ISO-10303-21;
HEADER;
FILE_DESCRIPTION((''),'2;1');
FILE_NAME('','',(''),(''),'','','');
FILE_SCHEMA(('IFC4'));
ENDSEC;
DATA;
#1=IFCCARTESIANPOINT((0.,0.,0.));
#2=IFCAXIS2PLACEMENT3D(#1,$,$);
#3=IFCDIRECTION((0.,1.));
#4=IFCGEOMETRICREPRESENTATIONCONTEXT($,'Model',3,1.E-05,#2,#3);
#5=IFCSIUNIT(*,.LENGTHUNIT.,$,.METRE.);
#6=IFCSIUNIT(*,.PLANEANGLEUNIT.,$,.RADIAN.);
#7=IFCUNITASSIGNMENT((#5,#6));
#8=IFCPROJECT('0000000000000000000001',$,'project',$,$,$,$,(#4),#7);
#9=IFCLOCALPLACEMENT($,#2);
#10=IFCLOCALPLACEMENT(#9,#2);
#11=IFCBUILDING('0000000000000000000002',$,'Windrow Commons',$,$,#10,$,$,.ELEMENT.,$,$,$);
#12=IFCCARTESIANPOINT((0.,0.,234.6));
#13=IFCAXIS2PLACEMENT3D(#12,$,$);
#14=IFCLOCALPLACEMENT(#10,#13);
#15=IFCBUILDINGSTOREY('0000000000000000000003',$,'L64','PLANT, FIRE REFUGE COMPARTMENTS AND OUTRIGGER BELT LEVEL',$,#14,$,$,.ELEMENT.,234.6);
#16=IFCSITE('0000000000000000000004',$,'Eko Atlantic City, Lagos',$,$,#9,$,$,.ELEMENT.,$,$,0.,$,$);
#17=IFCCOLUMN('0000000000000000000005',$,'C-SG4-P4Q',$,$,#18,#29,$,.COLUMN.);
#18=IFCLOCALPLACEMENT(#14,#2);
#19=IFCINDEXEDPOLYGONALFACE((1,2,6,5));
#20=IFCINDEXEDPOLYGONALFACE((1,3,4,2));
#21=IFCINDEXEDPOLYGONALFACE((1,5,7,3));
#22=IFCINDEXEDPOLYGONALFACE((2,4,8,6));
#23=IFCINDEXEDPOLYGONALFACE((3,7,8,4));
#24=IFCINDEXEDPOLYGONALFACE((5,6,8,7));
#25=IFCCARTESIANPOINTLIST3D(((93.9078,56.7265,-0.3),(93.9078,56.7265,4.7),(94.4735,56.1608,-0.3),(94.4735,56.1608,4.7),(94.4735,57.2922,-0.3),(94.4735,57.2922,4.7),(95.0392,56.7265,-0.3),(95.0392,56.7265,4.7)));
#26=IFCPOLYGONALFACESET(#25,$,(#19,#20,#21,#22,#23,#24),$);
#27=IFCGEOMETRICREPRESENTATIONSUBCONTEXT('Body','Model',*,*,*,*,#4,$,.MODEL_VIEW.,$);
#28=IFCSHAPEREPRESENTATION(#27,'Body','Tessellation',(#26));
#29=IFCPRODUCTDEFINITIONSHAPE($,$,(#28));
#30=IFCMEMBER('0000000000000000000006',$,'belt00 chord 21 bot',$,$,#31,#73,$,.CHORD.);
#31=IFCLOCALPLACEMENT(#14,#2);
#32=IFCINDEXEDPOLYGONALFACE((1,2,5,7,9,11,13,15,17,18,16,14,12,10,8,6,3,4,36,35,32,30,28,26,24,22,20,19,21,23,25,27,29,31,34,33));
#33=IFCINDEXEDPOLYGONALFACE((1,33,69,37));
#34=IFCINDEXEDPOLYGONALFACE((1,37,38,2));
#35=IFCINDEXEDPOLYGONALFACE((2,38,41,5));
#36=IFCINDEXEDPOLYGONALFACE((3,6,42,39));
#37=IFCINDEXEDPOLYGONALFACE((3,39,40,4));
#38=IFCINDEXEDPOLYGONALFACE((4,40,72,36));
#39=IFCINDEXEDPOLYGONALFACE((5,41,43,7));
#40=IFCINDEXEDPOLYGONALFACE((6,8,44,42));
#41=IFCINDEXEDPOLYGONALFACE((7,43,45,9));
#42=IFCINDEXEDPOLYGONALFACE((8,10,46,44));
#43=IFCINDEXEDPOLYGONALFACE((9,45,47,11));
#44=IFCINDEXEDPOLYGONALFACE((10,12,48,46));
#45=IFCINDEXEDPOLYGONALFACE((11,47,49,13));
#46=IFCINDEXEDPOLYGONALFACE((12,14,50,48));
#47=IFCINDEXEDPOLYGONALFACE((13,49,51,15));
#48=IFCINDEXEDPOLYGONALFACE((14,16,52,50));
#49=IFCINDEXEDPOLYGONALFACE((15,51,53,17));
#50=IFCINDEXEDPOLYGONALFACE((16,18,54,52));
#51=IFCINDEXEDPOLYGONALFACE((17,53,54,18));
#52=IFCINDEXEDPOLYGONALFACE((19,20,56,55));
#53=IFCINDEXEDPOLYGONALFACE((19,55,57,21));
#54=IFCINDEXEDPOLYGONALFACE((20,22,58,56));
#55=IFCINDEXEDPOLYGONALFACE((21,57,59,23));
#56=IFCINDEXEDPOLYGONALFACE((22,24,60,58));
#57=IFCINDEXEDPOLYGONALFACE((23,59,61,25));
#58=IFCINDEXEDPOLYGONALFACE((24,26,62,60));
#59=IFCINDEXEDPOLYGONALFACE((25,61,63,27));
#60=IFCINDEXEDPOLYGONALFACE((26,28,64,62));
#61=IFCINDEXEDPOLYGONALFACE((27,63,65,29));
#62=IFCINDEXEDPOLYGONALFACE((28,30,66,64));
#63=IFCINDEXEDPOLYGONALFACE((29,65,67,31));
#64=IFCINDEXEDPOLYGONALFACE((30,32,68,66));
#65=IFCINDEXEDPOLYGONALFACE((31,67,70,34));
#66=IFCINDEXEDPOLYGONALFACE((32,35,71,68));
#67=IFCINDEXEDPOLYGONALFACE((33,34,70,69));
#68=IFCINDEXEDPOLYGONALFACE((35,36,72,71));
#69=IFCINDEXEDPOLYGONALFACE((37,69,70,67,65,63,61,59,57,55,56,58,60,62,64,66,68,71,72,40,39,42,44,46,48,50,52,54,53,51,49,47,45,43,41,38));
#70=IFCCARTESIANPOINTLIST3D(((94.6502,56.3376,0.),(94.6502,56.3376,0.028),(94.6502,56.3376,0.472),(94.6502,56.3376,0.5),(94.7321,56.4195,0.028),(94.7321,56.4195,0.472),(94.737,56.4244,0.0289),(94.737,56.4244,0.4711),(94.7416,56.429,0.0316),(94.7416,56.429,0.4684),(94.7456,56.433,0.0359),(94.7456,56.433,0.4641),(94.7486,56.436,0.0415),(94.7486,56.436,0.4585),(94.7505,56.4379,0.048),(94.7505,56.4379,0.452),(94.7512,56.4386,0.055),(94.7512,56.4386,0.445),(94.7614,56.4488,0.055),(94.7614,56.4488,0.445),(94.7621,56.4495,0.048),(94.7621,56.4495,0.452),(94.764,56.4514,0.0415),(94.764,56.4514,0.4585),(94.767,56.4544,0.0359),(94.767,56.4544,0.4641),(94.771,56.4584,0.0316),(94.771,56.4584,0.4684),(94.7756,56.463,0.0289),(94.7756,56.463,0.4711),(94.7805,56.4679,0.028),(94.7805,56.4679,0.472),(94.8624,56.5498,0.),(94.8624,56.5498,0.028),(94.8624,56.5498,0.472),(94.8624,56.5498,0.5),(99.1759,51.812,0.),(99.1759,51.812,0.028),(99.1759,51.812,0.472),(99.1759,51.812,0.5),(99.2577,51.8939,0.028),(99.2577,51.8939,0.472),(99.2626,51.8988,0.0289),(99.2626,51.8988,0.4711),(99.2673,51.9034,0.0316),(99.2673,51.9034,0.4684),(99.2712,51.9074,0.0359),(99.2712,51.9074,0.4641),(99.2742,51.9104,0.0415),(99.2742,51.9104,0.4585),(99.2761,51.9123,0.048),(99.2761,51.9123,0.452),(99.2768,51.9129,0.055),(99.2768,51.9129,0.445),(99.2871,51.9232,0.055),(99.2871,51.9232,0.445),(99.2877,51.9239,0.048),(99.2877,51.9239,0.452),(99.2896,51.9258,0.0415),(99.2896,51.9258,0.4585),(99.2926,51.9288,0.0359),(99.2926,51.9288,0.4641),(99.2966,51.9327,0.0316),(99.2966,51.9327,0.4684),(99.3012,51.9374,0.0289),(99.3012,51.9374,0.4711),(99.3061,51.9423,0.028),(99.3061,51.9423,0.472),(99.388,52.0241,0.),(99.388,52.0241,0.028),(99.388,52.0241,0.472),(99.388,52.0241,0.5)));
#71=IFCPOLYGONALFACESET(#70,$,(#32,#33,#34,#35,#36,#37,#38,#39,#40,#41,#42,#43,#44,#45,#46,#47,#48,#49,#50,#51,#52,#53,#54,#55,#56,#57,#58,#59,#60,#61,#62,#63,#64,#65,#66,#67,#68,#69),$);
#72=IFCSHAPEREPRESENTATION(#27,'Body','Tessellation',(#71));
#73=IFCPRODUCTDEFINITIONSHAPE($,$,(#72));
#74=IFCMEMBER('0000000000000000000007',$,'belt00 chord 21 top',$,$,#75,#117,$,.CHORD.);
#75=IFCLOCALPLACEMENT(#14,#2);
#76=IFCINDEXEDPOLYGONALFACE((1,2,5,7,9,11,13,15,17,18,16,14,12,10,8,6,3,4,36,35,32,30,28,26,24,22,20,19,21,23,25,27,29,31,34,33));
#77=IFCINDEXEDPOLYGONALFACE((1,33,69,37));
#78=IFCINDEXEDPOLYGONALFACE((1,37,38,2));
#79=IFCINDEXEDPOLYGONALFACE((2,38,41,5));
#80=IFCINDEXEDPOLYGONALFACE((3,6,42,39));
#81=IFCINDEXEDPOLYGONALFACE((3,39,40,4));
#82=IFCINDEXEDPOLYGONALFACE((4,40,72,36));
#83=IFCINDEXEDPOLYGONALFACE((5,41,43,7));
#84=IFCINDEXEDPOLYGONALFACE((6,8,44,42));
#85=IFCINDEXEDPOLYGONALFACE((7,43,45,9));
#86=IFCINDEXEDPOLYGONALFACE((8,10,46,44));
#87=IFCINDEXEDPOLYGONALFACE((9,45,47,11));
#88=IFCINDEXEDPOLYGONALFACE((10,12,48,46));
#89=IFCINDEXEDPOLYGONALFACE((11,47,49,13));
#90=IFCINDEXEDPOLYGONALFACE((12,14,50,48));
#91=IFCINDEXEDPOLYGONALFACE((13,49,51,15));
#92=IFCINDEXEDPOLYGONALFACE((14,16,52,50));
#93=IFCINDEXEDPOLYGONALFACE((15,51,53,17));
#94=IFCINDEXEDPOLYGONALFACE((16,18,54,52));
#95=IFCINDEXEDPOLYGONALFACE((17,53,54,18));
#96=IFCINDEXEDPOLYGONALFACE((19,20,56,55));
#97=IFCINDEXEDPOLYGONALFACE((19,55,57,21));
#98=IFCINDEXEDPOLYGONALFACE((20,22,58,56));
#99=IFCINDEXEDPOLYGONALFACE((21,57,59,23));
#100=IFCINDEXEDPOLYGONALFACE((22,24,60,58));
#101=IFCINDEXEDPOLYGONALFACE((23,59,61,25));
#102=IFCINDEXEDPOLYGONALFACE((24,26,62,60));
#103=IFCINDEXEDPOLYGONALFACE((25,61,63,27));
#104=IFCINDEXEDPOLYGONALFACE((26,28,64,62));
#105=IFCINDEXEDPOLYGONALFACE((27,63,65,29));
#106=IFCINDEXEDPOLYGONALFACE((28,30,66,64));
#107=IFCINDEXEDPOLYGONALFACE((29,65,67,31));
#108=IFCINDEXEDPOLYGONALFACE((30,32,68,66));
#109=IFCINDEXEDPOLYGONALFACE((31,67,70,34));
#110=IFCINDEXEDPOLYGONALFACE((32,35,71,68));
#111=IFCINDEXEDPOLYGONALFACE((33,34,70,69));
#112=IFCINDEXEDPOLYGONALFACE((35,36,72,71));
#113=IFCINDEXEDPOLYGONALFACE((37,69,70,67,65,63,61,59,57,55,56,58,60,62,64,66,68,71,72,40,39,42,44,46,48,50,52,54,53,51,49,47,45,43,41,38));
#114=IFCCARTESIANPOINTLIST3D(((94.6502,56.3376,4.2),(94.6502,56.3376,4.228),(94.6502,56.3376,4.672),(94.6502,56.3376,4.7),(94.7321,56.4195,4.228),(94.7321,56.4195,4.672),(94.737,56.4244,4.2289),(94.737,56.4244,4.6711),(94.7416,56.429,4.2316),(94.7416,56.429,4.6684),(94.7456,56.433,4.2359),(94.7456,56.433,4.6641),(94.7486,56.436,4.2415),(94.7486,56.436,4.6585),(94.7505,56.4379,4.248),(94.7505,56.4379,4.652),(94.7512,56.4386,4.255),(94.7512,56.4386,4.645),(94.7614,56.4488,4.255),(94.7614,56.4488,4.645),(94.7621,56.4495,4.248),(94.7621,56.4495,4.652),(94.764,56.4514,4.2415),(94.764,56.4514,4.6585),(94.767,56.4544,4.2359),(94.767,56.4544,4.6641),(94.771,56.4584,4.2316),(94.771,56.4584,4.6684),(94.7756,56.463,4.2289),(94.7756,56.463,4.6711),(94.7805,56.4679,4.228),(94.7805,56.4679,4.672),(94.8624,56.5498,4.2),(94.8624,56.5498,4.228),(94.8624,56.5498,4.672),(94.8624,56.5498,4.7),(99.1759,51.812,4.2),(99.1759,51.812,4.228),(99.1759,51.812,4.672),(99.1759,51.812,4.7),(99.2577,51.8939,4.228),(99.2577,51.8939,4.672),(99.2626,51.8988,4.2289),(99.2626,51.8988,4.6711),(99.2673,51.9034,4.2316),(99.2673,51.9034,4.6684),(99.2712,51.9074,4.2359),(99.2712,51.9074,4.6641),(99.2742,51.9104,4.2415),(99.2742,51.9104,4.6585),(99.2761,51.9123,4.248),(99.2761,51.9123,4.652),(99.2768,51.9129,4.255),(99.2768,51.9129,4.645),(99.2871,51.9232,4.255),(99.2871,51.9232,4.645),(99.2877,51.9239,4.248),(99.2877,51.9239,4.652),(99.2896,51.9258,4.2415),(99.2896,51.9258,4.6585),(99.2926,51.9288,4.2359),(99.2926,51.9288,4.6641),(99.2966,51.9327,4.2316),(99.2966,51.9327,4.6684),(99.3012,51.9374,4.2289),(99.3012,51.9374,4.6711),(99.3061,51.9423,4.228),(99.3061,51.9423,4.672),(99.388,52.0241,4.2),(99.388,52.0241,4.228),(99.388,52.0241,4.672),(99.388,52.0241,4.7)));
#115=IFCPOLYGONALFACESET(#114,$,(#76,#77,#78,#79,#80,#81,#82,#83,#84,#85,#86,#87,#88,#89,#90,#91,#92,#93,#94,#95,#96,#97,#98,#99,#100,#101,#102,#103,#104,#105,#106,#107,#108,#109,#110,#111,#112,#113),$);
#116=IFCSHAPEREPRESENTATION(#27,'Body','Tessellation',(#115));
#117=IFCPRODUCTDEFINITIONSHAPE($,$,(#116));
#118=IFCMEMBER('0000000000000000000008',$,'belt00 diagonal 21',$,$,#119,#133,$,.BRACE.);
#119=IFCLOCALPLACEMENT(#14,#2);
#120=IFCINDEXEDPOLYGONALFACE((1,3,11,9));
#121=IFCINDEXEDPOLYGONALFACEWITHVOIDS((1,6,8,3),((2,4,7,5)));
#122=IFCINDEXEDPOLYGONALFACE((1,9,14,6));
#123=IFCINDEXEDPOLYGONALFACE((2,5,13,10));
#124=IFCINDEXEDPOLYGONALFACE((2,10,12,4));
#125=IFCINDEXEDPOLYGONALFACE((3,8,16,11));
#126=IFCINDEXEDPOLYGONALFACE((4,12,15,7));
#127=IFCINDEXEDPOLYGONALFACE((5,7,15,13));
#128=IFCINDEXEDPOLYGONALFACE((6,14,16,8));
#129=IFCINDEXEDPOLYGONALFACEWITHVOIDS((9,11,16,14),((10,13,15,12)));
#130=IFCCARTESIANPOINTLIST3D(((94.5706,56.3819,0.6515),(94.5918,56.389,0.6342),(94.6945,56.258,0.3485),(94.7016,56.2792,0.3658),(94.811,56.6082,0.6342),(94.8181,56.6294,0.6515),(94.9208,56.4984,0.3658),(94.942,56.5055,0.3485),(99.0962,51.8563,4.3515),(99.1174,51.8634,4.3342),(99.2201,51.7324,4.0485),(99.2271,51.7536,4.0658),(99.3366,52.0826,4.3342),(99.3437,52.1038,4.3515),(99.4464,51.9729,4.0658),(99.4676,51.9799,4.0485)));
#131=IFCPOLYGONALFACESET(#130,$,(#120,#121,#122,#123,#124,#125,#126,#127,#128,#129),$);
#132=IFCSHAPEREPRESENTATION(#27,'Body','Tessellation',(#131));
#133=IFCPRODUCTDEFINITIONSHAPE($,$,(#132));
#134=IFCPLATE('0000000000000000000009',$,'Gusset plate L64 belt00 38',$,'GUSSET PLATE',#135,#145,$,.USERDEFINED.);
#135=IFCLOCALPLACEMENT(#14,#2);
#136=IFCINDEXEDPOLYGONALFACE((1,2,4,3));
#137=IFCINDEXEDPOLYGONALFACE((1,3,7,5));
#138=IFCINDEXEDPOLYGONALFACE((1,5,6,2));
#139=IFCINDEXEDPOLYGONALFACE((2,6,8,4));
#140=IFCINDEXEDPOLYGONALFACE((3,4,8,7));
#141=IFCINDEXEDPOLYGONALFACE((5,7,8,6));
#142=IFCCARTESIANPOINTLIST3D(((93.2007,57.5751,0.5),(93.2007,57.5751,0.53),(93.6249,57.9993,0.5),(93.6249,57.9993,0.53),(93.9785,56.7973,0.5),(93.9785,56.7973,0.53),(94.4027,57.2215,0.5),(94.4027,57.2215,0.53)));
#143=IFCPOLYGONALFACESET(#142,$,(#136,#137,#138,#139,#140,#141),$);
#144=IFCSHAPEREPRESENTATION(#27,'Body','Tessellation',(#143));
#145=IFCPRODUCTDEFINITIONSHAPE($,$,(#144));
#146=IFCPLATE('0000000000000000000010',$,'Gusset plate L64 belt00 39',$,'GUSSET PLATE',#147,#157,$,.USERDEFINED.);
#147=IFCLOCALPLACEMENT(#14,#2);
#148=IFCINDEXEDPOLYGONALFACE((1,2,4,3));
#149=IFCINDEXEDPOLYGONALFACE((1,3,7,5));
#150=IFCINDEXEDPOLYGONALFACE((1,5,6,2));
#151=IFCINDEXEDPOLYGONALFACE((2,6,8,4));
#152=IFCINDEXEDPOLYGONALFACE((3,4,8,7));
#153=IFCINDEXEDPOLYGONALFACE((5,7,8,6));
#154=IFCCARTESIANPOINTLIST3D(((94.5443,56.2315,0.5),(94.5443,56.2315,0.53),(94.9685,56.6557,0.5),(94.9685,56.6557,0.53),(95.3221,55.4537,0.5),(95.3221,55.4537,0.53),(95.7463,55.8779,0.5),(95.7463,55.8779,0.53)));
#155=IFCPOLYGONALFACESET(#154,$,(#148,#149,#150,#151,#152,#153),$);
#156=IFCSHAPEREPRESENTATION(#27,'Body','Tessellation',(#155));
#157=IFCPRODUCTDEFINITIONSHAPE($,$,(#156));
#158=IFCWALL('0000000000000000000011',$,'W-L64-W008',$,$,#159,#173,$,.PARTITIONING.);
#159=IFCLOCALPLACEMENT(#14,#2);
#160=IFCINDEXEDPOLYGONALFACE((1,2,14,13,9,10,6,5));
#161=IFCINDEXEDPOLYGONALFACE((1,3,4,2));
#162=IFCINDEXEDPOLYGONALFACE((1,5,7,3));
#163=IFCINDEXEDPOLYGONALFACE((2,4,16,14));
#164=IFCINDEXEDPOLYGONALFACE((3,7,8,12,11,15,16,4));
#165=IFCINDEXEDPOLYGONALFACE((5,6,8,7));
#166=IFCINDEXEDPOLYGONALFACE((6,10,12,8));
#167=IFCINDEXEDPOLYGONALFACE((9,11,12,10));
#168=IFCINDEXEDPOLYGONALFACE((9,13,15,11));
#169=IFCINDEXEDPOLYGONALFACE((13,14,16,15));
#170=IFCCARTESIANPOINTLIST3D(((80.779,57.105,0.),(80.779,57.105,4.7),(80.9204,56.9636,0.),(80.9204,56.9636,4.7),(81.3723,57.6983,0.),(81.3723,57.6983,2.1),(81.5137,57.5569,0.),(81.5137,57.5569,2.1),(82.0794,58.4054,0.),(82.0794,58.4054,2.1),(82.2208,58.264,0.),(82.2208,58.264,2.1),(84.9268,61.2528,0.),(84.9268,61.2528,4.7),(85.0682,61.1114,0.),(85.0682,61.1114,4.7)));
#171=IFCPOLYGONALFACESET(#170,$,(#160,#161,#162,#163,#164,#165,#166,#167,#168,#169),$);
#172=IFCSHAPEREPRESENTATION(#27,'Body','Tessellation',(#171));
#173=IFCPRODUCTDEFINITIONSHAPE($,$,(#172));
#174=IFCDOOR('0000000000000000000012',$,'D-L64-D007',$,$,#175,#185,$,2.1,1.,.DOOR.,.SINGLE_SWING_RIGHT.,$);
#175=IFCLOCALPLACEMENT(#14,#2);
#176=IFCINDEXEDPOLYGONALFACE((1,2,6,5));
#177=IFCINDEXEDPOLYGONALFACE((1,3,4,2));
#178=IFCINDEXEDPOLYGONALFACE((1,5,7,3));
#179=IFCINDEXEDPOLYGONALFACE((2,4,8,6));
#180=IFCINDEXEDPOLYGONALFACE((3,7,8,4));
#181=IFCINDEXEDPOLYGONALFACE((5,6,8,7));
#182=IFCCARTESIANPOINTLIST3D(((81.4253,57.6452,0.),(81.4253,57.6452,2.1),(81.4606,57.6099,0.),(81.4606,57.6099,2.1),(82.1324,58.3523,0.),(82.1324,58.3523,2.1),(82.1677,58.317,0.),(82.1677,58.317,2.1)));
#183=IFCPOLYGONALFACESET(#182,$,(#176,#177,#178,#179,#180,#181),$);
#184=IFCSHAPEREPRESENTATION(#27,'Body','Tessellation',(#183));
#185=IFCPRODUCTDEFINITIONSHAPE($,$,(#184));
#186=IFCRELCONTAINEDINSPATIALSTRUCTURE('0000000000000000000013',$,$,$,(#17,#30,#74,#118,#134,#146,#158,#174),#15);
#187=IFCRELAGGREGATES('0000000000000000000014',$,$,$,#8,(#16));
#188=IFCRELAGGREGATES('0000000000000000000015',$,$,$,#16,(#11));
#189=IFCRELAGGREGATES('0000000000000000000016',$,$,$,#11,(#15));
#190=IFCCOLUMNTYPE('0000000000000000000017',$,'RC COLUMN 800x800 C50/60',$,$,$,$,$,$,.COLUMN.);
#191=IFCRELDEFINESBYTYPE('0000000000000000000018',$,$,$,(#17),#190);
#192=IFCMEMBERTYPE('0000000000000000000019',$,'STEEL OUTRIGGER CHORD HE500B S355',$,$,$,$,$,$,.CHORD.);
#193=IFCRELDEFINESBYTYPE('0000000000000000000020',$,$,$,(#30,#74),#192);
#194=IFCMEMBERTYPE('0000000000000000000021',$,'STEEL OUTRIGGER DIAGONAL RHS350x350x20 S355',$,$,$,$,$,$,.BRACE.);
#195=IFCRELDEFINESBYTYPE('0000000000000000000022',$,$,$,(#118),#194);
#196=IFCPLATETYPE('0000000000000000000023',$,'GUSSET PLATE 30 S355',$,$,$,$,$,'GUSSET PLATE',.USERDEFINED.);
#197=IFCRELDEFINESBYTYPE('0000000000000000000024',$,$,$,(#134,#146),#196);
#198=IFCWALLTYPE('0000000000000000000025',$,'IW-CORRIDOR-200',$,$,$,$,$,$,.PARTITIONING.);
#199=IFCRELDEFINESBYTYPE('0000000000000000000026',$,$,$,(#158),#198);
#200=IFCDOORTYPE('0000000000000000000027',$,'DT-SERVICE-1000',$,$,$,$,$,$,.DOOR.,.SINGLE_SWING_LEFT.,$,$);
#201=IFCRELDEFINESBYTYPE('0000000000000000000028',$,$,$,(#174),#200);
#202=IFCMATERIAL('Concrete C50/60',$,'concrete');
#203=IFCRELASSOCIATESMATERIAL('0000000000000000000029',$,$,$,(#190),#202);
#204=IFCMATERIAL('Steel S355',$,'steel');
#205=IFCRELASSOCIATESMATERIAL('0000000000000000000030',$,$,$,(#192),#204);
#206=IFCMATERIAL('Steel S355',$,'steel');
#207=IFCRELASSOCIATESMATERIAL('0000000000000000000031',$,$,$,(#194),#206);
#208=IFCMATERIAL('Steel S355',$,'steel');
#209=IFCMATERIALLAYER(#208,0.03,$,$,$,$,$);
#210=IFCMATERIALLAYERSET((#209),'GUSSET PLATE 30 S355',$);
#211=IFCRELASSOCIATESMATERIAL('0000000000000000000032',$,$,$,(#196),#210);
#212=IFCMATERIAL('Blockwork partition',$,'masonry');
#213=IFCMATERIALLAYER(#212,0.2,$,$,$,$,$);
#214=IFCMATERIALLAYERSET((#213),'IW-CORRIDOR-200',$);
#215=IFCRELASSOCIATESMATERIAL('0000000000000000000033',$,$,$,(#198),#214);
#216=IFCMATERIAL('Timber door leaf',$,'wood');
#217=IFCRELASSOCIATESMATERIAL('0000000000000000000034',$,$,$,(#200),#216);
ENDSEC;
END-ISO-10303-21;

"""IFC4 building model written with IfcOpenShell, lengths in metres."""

from ifc_helpers import new_model, si_unit, direction, frame, frame_2d, origin, origin_2d, place, context, subcontext, project, spatial, rectangle, hollow_rectangle, i_section, extrude, material, layer, layer_set, material_profile, profile_set, type_object, element, fill, save


model = new_model("IFC4")

# Units and contexts
model_context = context("Model", 3, precision=1e-05, world=origin(), true_north=direction((0.0, 1.0)))
body_context = subcontext(model_context, "Body", "Model", "MODEL_VIEW")
ifc_project = project(units=[si_unit("LENGTHUNIT", "METRE"), si_unit("PLANEANGLEUNIT", "RADIAN")], contexts=[model_context])

# Site, building, storey
site_placement = place(None, origin())
site = spatial("IfcSite", under=ifc_project, at=site_placement, Name="Eko Atlantic City, Lagos", CompositionType="ELEMENT", RefElevation=0.0)
building_placement = place(site_placement, origin())
building = spatial("IfcBuilding", under=site, at=building_placement, Name="Windrow Commons", CompositionType="ELEMENT")
storey_placement = place(building_placement, frame((0.0, 0.0, 234.6)))
storey = spatial("IfcBuildingStorey", under=building, at=storey_placement, Name="L64", Description="PLANT, FIRE REFUGE COMPARTMENTS AND OUTRIGGER BELT LEVEL", CompositionType="ELEMENT", Elevation=234.6)

# Column
ifc_material_1 = material(Name="Concrete C50/60", Category="concrete")
ifc_material_profile_1 = material_profile(ifc_material_1, rectangle(XDim=0.8, YDim=0.8, at=origin_2d()))
ifc_profile_set_1 = profile_set([ifc_material_profile_1], Name="Concrete C50/60")
column_type = type_object("IfcColumnType", Name="RC COLUMN 800x800 C50/60", PredefinedType="COLUMN", material=ifc_profile_set_1)
column_placement = place(storey_placement, frame((94.4735, 56.7265, -0.3), z_axis=(0.0, 0.0, 1.0), x_axis=(0.707107, -0.707107, 0.0)))
element("IfcColumn", 1, at=column_placement, inside=storey, type_object=column_type, Name="C-SG4-P4Q", PredefinedType="COLUMN", context=body_context, shape_type="SweptSolid", body=[
    extrude(rectangle(XDim=0.8, YDim=0.8, at=origin_2d()), origin(), (0.0, 0.0, 1.0), 5.0),
])

# Members
ifc_material_2 = material(Name="Steel S355", Category="steel")
ifc_material_profile_2 = material_profile(ifc_material_2, i_section(OverallWidth=0.3, OverallDepth=0.5, WebThickness=0.0145, FlangeThickness=0.028, FilletRadius=0.027, at=origin_2d()))
ifc_profile_set_2 = profile_set([ifc_material_profile_2], Name="Steel S355")
member_type_1 = type_object("IfcMemberType", Name="STEEL OUTRIGGER CHORD HE500B S355", PredefinedType="CHORD", material=ifc_profile_set_2)
for number, where, z_axis, x_axis, name in (
    (2, (94.7563, 56.4437, 0.25), (0.707107, -0.707107, 0.0), (0.707107, 0.707107, 0.0), "belt00 chord 21 bot"),
    (3, (94.7563, 56.4437, 4.45), (0.707107, -0.707107, 0.0), (0.707107, 0.707107, 0.0), "belt00 chord 21 top"),
):
    element("IfcMember", number, at=place(storey_placement, frame(where, z_axis=z_axis, x_axis=x_axis)), inside=storey, type_object=member_type_1, Name=name, PredefinedType="CHORD", context=body_context, shape_type="SweptSolid", body=[
        extrude(i_section(OverallWidth=0.3, OverallDepth=0.5, WebThickness=0.0145, FlangeThickness=0.028, FilletRadius=0.027, at=origin_2d()), origin(), (0.0, 0.0, 1.0), 6.4002),
    ])
ifc_material_3 = material(Name="Steel S355", Category="steel")
ifc_material_profile_3 = material_profile(ifc_material_3, hollow_rectangle(XDim=0.35, YDim=0.35, WallThickness=0.02, at=origin_2d()))
ifc_profile_set_3 = profile_set([ifc_material_profile_3], Name="Steel S355")
member_type_2 = type_object("IfcMemberType", Name="STEEL OUTRIGGER DIAGONAL RHS350x350x20 S355", PredefinedType="BRACE", material=ifc_profile_set_3)
member_placement = place(storey_placement, frame((94.7563, 56.4437, 0.5), z_axis=(0.612171, -0.612171, 0.500493), x_axis=(0.707107, 0.707107, 0.0)))
element("IfcMember", 4, at=member_placement, inside=storey, type_object=member_type_2, Name="belt00 diagonal 21", PredefinedType="BRACE", context=body_context, shape_type="SweptSolid", body=[
    extrude(hollow_rectangle(XDim=0.35, YDim=0.35, WallThickness=0.02, at=origin_2d()), origin(), (0.0, 0.0, 1.0), 7.3927),
])

# Plates
ifc_material_4 = material(Name="Steel S355", Category="steel")
ifc_layer_1 = layer(ifc_material_4, 0.03)
ifc_layer_set_1 = layer_set([ifc_layer_1], Name="GUSSET PLATE 30 S355")
plate_type = type_object("IfcPlateType", Name="GUSSET PLATE 30 S355", ElementType="GUSSET PLATE", PredefinedType="USERDEFINED", material=ifc_layer_set_1)
for number, where, z_axis, x_axis, name in (
    (5, (93.8017, 57.3983, 0.5), (0.0, 0.0, 1.0), (0.707107, -0.707107, 0.0), "Gusset plate L64 belt00 38"),
    (6, (95.1453, 56.0547, 0.5), (0.0, 0.0, 1.0), (0.707107, -0.707107, 0.0), "Gusset plate L64 belt00 39"),
):
    element("IfcPlate", number, at=place(storey_placement, frame(where, z_axis=z_axis, x_axis=x_axis)), inside=storey, type_object=plate_type, Name=name, ObjectType="GUSSET PLATE", PredefinedType="USERDEFINED", context=body_context, shape_type="SweptSolid", body=[
        extrude(rectangle(XDim=1.1, YDim=0.6, at=origin_2d()), origin(), (0.0, 0.0, 1.0), 0.03),
    ])

# Wall, opening, door
ifc_material_5 = material(Name="Blockwork partition", Category="masonry")
ifc_layer_2 = layer(ifc_material_5, 0.2)
ifc_layer_set_2 = layer_set([ifc_layer_2], Name="IW-CORRIDOR-200")
wall_type_1 = type_object("IfcWallType", Name="IW-CORRIDOR-200", PredefinedType="PARTITIONING", material=ifc_layer_set_2)
wall_1_placement = place(storey_placement, frame((80.8497, 57.0343, 0.0), z_axis=(0.0, 0.0, 1.0), x_axis=(0.707107, 0.707107, 0.0)))
wall_1 = element("IfcWall", 7, at=wall_1_placement, inside=storey, type_object=wall_type_1, Name="W-L64-W008", PredefinedType="PARTITIONING", context=body_context, shape_type="SweptSolid", body=[
    extrude(rectangle(XDim=5.8659, YDim=0.2, at=frame_2d((2.9329, 0.0))), origin(), (0.0, 0.0, 1.0), 4.7),
])
opening_placement = place(wall_1_placement, frame((0.839, 0.0, 0.0)))
opening = element("IfcOpeningElement", 8, at=opening_placement, cuts=wall_1, PredefinedType="OPENING", context=body_context, shape_type="SweptSolid", body=[
    extrude(rectangle(XDim=1.0, YDim=2.1, at=frame_2d((0.5, 1.05))), frame((0.0, 0.11, 0.0), z_axis=(0.0, -1.0, 0.0), x_axis=(1.0, 0.0, 0.0)), (0.0, 0.0, 1.0), 0.22),
])
ifc_material_6 = material(Name="Timber door leaf", Category="wood")
door_type = type_object("IfcDoorType", Name="DT-SERVICE-1000", OperationType="SINGLE_SWING_LEFT", PredefinedType="DOOR", material=ifc_material_6)
door_placement = place(opening_placement, origin())
door = element("IfcDoor", 9, at=door_placement, inside=storey, type_object=door_type, Name="D-L64-D007", OperationType="SINGLE_SWING_RIGHT", OverallHeight=2.1, OverallWidth=1.0, PredefinedType="DOOR", context=body_context, shape_type="SweptSolid", body=[
    extrude(rectangle(XDim=1.0, YDim=2.1, at=frame_2d((0.5, 1.05))), frame((0.0, 0.025, 0.0), z_axis=(0.0, -1.0, 0.0), x_axis=(1.0, 0.0, 0.0)), (0.0, 0.0, 1.0), 0.05),
])
fill(opening, door)

save(model, "model.ifc")
